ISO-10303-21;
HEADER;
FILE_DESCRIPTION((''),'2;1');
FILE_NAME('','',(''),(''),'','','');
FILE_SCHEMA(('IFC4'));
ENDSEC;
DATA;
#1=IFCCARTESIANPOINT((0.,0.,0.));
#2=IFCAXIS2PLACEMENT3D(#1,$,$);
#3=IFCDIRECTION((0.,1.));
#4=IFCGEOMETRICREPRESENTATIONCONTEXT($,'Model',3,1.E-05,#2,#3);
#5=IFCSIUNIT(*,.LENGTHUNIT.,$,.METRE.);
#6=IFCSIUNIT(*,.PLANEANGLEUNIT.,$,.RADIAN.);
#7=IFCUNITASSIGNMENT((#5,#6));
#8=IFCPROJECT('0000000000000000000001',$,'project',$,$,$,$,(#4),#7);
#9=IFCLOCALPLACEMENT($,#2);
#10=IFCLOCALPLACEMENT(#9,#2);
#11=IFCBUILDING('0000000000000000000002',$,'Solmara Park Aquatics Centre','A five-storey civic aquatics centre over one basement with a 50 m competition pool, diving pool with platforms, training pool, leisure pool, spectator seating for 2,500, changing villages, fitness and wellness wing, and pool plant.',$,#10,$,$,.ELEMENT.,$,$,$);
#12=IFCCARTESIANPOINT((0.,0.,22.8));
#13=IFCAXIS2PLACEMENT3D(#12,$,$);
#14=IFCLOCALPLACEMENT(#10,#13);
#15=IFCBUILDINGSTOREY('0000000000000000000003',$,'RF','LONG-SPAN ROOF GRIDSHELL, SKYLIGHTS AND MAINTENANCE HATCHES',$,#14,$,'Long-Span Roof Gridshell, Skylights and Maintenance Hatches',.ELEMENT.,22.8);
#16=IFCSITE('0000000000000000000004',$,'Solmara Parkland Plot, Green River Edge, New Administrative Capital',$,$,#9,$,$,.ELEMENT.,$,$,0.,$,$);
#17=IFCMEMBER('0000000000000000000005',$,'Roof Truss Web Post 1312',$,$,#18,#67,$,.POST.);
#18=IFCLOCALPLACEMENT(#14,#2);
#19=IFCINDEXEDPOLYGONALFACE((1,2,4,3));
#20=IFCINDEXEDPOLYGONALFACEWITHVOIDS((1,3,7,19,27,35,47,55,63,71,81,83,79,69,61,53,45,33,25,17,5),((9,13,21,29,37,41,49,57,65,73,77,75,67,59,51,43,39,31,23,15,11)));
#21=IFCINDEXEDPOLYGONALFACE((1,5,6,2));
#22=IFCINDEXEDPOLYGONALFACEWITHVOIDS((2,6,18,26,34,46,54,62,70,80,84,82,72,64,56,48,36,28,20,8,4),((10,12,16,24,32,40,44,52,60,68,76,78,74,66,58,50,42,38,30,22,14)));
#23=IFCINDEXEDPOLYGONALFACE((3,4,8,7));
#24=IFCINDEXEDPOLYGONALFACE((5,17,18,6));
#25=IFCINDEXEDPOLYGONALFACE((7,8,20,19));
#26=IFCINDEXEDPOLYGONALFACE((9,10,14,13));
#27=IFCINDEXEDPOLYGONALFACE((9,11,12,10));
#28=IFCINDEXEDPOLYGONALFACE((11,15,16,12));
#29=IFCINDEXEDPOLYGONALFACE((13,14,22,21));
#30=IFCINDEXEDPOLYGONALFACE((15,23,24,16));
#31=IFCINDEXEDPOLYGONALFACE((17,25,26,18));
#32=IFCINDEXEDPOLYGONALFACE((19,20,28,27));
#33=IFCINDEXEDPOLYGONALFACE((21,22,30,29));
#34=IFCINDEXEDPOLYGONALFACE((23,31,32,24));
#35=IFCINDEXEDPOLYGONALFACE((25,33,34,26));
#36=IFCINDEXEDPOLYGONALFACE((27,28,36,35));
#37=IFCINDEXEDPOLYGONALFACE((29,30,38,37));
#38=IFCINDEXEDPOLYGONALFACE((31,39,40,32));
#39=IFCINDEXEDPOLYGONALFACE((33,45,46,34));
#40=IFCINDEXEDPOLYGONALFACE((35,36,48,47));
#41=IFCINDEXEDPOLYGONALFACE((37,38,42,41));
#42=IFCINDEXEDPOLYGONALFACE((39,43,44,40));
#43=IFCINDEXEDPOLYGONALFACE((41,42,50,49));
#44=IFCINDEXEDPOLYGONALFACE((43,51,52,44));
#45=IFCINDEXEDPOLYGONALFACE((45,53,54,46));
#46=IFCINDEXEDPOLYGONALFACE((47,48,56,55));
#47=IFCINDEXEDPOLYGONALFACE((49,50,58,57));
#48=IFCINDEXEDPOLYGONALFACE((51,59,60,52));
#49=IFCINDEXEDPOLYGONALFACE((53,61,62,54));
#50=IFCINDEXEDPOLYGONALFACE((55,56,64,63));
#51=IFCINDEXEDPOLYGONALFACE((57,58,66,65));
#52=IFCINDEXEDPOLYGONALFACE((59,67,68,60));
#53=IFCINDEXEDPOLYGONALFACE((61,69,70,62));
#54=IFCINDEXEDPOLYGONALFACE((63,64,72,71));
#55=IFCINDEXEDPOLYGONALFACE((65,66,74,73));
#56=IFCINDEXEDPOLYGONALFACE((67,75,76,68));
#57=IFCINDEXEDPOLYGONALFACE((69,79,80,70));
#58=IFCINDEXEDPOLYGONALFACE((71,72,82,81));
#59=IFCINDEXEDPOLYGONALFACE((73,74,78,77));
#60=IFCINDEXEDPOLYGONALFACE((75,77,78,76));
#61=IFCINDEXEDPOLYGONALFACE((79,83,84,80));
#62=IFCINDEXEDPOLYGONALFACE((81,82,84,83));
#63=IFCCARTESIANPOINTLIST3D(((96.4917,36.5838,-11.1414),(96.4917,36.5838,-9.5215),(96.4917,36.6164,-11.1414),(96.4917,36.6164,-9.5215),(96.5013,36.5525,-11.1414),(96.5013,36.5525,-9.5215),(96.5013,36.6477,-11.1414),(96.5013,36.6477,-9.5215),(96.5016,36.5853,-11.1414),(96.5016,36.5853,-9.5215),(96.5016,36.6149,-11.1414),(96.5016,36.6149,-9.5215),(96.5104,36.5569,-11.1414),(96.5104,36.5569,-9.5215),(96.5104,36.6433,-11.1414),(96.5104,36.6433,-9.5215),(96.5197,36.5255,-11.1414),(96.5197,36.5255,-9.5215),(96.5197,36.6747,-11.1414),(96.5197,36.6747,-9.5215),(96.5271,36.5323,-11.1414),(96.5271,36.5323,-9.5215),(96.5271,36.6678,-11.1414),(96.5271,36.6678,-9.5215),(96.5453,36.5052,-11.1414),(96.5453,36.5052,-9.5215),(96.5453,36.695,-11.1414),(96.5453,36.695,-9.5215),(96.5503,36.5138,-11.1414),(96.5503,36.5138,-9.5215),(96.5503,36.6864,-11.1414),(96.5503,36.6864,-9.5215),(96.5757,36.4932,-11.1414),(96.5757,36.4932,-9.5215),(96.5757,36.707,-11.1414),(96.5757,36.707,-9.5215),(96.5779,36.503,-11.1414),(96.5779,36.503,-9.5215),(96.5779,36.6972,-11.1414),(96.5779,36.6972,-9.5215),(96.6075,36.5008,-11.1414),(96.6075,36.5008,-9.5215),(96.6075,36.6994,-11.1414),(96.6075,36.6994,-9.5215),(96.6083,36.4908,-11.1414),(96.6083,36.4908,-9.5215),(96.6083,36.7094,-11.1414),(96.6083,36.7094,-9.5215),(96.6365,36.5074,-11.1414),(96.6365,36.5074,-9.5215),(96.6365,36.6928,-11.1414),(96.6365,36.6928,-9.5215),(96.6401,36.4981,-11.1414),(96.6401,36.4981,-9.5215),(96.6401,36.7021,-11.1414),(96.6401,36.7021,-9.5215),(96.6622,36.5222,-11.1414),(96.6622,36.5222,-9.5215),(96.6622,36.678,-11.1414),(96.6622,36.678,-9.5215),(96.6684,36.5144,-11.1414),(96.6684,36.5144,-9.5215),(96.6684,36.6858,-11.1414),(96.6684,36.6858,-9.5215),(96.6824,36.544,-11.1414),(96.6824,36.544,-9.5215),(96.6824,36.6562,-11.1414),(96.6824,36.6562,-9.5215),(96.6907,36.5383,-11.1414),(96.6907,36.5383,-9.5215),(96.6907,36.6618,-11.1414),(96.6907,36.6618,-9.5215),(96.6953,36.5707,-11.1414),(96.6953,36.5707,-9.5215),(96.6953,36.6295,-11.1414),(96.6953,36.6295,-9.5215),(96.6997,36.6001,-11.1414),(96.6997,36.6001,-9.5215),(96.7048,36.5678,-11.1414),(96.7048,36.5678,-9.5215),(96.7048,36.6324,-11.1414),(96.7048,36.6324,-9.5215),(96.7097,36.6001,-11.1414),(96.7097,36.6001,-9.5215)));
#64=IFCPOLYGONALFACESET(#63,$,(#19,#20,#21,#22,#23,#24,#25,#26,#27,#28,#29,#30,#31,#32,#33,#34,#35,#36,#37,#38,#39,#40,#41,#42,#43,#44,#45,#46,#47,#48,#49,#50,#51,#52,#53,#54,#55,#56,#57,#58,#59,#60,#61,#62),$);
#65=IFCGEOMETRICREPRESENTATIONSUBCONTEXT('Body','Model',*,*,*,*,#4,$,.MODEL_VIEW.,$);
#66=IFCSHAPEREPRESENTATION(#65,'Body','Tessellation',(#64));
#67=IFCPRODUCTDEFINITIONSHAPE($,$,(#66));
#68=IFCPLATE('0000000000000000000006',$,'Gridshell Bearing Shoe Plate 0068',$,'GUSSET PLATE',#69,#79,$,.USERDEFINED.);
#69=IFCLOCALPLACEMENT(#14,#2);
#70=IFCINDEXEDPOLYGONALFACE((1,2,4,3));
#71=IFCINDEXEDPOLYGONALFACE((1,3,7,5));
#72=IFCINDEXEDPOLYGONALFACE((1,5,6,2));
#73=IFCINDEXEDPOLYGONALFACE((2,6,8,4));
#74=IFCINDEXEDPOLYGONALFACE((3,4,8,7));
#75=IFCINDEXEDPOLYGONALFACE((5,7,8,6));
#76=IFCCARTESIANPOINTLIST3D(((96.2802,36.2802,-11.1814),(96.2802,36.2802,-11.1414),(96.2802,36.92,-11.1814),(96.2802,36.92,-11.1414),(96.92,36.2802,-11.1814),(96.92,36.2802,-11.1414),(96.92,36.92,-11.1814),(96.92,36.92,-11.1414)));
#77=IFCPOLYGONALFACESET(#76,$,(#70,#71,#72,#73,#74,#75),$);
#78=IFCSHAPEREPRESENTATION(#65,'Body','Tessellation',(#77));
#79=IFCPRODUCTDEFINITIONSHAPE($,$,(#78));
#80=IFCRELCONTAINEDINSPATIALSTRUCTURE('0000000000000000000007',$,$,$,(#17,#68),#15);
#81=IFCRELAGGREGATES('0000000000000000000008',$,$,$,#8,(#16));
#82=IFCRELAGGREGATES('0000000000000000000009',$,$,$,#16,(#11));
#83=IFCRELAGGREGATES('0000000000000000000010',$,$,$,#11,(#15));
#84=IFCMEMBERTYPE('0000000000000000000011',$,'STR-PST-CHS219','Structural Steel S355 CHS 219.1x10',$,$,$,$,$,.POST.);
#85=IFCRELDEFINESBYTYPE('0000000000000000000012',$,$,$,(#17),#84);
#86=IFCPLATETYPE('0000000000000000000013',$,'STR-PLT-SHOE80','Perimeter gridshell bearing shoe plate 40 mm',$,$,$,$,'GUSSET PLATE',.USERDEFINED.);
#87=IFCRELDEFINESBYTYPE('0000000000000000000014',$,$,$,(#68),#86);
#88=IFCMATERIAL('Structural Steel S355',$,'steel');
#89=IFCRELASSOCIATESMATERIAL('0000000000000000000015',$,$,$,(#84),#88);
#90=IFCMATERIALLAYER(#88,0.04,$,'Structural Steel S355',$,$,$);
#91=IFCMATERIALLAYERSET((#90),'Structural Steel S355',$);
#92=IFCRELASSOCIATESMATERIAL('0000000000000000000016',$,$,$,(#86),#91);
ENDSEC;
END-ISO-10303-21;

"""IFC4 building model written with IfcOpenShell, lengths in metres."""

from ifc_helpers import new_model, si_unit, direction, frame, origin, origin_2d, place, context, subcontext, project, spatial, rectangle, hollow_circle, extrude, material, layer, layer_set, material_profile, profile_set, type_object, element, save


model = new_model("IFC4")

# Units and contexts
model_context = context("Model", 3, precision=1e-05, world=origin(), true_north=direction((0.0, 1.0)))
body_context = subcontext(model_context, "Body", "Model", "MODEL_VIEW")
ifc_project = project(units=[si_unit("LENGTHUNIT", "METRE"), si_unit("PLANEANGLEUNIT", "RADIAN")], contexts=[model_context])

# Site, building, storey
site_placement = place(None, origin())
site = spatial("IfcSite", under=ifc_project, at=site_placement, Name="Solmara Parkland Plot, Green River Edge, New Administrative Capital", CompositionType="ELEMENT", RefElevation=0.0)
building_placement = place(site_placement, origin())
building = spatial("IfcBuilding", under=site, at=building_placement, Name="Solmara Park Aquatics Centre", Description="A five-storey civic aquatics centre over one basement with a 50 m competition pool, diving pool with platforms, training pool, leisure pool, spectator seating for 2,500, changing villages, fitness and wellness wing, and pool plant.", CompositionType="ELEMENT")
storey_placement = place(building_placement, frame((0.0, 0.0, 22.8)))
storey = spatial("IfcBuildingStorey", under=building, at=storey_placement, Name="RF", Description="LONG-SPAN ROOF GRIDSHELL, SKYLIGHTS AND MAINTENANCE HATCHES", LongName="Long-Span Roof Gridshell, Skylights and Maintenance Hatches", CompositionType="ELEMENT", Elevation=22.8)

# Member
ifc_material_1 = material(Name="Structural Steel S355", Category="steel")
ifc_material_profile_1 = material_profile(ifc_material_1, hollow_circle(Radius=0.1096, WallThickness=0.01, at=origin_2d()), Name="CHS 219.1x10")
ifc_profile_set_1 = profile_set([ifc_material_profile_1], Name="Structural Steel S355")
member_type_1 = type_object("IfcMemberType", Name="STR-PST-CHS219", Description="Structural Steel S355 CHS 219.1x10", PredefinedType="POST", material=ifc_profile_set_1)
member_1_placement = place(storey_placement, frame((96.6001, 36.6001, -11.1414), z_axis=(0.0, 0.0, 1.0), x_axis=(1.0, 0.0, 0.0)))
element("IfcMember", 1, at=member_1_placement, inside=storey, type_object=member_type_1, Name="Roof Truss Web Post 1312", PredefinedType="POST", context=body_context, shape_type="SweptSolid", body=[
    extrude(hollow_circle(Radius=0.1096, WallThickness=0.01, at=origin_2d()), origin(), (0.0, 0.0, 1.0), 1.6199),
])

# Plate
ifc_layer = layer(ifc_material_1, 0.04, Name="Structural Steel S355")
ifc_layer_set = layer_set([ifc_layer], Name="Structural Steel S355")
plate_type = type_object("IfcPlateType", Name="STR-PLT-SHOE80", Description="Perimeter gridshell bearing shoe plate 40 mm", ElementType="GUSSET PLATE", PredefinedType="USERDEFINED", material=ifc_layer_set)
plate_placement = place(storey_placement, frame((96.6001, 36.6001, -11.1814), z_axis=(0.0, 0.0, 1.0), x_axis=(1.0, 0.0, 0.0)))
element("IfcPlate", 2, at=plate_placement, inside=storey, type_object=plate_type, Name="Gridshell Bearing Shoe Plate 0068", ObjectType="GUSSET PLATE", PredefinedType="USERDEFINED", context=body_context, shape_type="SweptSolid", body=[
    extrude(rectangle(XDim=0.6399, YDim=0.6399, at=origin_2d()), origin(), (0.0, 0.0, 1.0), 0.04),
])

save(model, "model.ifc")
